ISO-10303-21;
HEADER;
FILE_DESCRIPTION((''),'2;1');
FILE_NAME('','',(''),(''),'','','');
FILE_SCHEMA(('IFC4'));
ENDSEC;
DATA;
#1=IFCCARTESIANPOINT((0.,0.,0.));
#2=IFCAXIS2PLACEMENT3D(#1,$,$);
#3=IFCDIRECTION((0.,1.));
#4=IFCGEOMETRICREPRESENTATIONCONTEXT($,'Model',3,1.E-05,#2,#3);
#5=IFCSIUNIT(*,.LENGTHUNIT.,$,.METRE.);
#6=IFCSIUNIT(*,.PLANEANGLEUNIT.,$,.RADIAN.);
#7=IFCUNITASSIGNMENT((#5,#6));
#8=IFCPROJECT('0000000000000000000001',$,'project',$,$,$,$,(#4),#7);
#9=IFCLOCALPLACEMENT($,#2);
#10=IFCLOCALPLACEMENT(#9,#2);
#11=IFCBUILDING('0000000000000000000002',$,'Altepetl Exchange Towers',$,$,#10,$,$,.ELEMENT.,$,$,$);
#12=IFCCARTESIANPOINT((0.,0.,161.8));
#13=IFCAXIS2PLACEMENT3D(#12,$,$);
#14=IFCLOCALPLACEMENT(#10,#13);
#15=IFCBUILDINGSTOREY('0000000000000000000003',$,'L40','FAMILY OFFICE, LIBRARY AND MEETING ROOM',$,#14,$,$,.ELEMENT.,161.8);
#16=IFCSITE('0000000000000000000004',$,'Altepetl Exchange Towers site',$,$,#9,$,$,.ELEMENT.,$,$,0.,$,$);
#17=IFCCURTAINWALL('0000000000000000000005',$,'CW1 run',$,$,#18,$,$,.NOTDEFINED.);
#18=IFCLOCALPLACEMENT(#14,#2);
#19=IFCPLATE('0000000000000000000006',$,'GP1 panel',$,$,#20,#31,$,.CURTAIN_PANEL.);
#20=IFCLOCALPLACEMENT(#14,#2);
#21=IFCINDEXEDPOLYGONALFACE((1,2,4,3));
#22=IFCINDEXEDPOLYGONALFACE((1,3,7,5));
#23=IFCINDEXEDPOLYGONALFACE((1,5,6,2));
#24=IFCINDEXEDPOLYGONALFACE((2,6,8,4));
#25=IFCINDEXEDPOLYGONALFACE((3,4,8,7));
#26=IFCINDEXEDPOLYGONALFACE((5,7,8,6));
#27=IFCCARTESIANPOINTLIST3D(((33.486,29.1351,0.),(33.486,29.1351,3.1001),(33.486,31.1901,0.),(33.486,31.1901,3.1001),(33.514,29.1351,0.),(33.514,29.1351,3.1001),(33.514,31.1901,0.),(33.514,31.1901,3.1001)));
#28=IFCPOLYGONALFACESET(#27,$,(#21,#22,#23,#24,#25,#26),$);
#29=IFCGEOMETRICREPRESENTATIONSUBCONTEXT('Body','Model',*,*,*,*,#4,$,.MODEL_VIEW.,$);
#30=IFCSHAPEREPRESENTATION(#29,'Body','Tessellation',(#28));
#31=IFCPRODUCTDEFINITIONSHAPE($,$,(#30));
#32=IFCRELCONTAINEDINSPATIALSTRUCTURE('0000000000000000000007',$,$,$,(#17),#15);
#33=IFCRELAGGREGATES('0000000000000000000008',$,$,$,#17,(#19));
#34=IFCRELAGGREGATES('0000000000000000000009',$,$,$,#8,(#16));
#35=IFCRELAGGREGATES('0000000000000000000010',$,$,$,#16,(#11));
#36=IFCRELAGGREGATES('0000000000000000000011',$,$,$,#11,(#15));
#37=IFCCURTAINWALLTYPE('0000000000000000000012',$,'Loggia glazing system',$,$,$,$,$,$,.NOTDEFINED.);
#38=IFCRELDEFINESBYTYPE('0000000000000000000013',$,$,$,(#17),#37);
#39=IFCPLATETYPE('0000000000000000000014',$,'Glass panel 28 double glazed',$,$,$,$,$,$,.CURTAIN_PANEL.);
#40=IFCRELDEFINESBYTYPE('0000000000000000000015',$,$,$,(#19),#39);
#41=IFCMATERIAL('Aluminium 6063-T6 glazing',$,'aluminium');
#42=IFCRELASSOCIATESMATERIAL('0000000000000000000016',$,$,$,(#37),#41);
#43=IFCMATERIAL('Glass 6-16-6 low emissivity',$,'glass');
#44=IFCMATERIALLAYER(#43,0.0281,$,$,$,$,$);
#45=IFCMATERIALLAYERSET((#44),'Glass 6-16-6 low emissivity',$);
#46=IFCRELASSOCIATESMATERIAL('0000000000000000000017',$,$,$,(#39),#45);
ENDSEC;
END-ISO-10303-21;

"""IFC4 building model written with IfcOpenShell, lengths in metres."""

from ifc_helpers import new_model, si_unit, direction, frame, origin, origin_2d, place, context, subcontext, project, spatial, rectangle, extrude, material, layer, layer_set, type_object, element, aggregate, save


model = new_model("IFC4")

# Units and contexts
model_context = context("Model", 3, precision=1e-05, world=origin(), true_north=direction((0.0, 1.0)))
body_context = subcontext(model_context, "Body", "Model", "MODEL_VIEW")
ifc_project = project(units=[si_unit("LENGTHUNIT", "METRE"), si_unit("PLANEANGLEUNIT", "RADIAN")], contexts=[model_context])

# Site, building, storey
site_placement = place(None, origin())
site = spatial("IfcSite", under=ifc_project, at=site_placement, Name="Altepetl Exchange Towers site", CompositionType="ELEMENT", RefElevation=0.0)
building_placement = place(site_placement, origin())
building = spatial("IfcBuilding", under=site, at=building_placement, Name="Altepetl Exchange Towers", CompositionType="ELEMENT")
storey_placement = place(building_placement, frame((0.0, 0.0, 161.8)))
storey = spatial("IfcBuildingStorey", under=building, at=storey_placement, Name="L40", Description="FAMILY OFFICE, LIBRARY AND MEETING ROOM", CompositionType="ELEMENT", Elevation=161.8)

# Shared definitions
ifc_material_1 = material(Name="Aluminium 6063-T6 glazing", Category="aluminium")
curtain_wall_type = type_object("IfcCurtainWallType", Name="Loggia glazing system", PredefinedType="NOTDEFINED", material=ifc_material_1)

# Curtain wall
curtain_wall_1_placement = place(storey_placement, origin())
curtain_wall_1 = element("IfcCurtainWall", 1, at=curtain_wall_1_placement, inside=storey, type_object=curtain_wall_type, Name="CW1 run", PredefinedType="NOTDEFINED")

# Plate
ifc_material_2 = material(Name="Glass 6-16-6 low emissivity", Category="glass")
ifc_layer = layer(ifc_material_2, 0.0281)
ifc_layer_set = layer_set([ifc_layer], Name="Glass 6-16-6 low emissivity")
plate_type = type_object("IfcPlateType", Name="Glass panel 28 double glazed", PredefinedType="CURTAIN_PANEL", material=ifc_layer_set)
plate_1_placement = place(storey_placement, frame((33.5, 30.1626, 0.0), z_axis=(0.0, 0.0, 1.0), x_axis=(0.0, -1.0, 0.0)))
plate_1 = element("IfcPlate", 2, at=plate_1_placement, type_object=plate_type, Name="GP1 panel", PredefinedType="CURTAIN_PANEL", context=body_context, shape_type="SweptSolid", body=[
    extrude(rectangle(XDim=2.0549, YDim=0.0281, at=origin_2d()), origin(), (0.0, 0.0, 1.0), 3.1001),
])
aggregate(curtain_wall_1, [plate_1])

save(model, "model.ifc")
